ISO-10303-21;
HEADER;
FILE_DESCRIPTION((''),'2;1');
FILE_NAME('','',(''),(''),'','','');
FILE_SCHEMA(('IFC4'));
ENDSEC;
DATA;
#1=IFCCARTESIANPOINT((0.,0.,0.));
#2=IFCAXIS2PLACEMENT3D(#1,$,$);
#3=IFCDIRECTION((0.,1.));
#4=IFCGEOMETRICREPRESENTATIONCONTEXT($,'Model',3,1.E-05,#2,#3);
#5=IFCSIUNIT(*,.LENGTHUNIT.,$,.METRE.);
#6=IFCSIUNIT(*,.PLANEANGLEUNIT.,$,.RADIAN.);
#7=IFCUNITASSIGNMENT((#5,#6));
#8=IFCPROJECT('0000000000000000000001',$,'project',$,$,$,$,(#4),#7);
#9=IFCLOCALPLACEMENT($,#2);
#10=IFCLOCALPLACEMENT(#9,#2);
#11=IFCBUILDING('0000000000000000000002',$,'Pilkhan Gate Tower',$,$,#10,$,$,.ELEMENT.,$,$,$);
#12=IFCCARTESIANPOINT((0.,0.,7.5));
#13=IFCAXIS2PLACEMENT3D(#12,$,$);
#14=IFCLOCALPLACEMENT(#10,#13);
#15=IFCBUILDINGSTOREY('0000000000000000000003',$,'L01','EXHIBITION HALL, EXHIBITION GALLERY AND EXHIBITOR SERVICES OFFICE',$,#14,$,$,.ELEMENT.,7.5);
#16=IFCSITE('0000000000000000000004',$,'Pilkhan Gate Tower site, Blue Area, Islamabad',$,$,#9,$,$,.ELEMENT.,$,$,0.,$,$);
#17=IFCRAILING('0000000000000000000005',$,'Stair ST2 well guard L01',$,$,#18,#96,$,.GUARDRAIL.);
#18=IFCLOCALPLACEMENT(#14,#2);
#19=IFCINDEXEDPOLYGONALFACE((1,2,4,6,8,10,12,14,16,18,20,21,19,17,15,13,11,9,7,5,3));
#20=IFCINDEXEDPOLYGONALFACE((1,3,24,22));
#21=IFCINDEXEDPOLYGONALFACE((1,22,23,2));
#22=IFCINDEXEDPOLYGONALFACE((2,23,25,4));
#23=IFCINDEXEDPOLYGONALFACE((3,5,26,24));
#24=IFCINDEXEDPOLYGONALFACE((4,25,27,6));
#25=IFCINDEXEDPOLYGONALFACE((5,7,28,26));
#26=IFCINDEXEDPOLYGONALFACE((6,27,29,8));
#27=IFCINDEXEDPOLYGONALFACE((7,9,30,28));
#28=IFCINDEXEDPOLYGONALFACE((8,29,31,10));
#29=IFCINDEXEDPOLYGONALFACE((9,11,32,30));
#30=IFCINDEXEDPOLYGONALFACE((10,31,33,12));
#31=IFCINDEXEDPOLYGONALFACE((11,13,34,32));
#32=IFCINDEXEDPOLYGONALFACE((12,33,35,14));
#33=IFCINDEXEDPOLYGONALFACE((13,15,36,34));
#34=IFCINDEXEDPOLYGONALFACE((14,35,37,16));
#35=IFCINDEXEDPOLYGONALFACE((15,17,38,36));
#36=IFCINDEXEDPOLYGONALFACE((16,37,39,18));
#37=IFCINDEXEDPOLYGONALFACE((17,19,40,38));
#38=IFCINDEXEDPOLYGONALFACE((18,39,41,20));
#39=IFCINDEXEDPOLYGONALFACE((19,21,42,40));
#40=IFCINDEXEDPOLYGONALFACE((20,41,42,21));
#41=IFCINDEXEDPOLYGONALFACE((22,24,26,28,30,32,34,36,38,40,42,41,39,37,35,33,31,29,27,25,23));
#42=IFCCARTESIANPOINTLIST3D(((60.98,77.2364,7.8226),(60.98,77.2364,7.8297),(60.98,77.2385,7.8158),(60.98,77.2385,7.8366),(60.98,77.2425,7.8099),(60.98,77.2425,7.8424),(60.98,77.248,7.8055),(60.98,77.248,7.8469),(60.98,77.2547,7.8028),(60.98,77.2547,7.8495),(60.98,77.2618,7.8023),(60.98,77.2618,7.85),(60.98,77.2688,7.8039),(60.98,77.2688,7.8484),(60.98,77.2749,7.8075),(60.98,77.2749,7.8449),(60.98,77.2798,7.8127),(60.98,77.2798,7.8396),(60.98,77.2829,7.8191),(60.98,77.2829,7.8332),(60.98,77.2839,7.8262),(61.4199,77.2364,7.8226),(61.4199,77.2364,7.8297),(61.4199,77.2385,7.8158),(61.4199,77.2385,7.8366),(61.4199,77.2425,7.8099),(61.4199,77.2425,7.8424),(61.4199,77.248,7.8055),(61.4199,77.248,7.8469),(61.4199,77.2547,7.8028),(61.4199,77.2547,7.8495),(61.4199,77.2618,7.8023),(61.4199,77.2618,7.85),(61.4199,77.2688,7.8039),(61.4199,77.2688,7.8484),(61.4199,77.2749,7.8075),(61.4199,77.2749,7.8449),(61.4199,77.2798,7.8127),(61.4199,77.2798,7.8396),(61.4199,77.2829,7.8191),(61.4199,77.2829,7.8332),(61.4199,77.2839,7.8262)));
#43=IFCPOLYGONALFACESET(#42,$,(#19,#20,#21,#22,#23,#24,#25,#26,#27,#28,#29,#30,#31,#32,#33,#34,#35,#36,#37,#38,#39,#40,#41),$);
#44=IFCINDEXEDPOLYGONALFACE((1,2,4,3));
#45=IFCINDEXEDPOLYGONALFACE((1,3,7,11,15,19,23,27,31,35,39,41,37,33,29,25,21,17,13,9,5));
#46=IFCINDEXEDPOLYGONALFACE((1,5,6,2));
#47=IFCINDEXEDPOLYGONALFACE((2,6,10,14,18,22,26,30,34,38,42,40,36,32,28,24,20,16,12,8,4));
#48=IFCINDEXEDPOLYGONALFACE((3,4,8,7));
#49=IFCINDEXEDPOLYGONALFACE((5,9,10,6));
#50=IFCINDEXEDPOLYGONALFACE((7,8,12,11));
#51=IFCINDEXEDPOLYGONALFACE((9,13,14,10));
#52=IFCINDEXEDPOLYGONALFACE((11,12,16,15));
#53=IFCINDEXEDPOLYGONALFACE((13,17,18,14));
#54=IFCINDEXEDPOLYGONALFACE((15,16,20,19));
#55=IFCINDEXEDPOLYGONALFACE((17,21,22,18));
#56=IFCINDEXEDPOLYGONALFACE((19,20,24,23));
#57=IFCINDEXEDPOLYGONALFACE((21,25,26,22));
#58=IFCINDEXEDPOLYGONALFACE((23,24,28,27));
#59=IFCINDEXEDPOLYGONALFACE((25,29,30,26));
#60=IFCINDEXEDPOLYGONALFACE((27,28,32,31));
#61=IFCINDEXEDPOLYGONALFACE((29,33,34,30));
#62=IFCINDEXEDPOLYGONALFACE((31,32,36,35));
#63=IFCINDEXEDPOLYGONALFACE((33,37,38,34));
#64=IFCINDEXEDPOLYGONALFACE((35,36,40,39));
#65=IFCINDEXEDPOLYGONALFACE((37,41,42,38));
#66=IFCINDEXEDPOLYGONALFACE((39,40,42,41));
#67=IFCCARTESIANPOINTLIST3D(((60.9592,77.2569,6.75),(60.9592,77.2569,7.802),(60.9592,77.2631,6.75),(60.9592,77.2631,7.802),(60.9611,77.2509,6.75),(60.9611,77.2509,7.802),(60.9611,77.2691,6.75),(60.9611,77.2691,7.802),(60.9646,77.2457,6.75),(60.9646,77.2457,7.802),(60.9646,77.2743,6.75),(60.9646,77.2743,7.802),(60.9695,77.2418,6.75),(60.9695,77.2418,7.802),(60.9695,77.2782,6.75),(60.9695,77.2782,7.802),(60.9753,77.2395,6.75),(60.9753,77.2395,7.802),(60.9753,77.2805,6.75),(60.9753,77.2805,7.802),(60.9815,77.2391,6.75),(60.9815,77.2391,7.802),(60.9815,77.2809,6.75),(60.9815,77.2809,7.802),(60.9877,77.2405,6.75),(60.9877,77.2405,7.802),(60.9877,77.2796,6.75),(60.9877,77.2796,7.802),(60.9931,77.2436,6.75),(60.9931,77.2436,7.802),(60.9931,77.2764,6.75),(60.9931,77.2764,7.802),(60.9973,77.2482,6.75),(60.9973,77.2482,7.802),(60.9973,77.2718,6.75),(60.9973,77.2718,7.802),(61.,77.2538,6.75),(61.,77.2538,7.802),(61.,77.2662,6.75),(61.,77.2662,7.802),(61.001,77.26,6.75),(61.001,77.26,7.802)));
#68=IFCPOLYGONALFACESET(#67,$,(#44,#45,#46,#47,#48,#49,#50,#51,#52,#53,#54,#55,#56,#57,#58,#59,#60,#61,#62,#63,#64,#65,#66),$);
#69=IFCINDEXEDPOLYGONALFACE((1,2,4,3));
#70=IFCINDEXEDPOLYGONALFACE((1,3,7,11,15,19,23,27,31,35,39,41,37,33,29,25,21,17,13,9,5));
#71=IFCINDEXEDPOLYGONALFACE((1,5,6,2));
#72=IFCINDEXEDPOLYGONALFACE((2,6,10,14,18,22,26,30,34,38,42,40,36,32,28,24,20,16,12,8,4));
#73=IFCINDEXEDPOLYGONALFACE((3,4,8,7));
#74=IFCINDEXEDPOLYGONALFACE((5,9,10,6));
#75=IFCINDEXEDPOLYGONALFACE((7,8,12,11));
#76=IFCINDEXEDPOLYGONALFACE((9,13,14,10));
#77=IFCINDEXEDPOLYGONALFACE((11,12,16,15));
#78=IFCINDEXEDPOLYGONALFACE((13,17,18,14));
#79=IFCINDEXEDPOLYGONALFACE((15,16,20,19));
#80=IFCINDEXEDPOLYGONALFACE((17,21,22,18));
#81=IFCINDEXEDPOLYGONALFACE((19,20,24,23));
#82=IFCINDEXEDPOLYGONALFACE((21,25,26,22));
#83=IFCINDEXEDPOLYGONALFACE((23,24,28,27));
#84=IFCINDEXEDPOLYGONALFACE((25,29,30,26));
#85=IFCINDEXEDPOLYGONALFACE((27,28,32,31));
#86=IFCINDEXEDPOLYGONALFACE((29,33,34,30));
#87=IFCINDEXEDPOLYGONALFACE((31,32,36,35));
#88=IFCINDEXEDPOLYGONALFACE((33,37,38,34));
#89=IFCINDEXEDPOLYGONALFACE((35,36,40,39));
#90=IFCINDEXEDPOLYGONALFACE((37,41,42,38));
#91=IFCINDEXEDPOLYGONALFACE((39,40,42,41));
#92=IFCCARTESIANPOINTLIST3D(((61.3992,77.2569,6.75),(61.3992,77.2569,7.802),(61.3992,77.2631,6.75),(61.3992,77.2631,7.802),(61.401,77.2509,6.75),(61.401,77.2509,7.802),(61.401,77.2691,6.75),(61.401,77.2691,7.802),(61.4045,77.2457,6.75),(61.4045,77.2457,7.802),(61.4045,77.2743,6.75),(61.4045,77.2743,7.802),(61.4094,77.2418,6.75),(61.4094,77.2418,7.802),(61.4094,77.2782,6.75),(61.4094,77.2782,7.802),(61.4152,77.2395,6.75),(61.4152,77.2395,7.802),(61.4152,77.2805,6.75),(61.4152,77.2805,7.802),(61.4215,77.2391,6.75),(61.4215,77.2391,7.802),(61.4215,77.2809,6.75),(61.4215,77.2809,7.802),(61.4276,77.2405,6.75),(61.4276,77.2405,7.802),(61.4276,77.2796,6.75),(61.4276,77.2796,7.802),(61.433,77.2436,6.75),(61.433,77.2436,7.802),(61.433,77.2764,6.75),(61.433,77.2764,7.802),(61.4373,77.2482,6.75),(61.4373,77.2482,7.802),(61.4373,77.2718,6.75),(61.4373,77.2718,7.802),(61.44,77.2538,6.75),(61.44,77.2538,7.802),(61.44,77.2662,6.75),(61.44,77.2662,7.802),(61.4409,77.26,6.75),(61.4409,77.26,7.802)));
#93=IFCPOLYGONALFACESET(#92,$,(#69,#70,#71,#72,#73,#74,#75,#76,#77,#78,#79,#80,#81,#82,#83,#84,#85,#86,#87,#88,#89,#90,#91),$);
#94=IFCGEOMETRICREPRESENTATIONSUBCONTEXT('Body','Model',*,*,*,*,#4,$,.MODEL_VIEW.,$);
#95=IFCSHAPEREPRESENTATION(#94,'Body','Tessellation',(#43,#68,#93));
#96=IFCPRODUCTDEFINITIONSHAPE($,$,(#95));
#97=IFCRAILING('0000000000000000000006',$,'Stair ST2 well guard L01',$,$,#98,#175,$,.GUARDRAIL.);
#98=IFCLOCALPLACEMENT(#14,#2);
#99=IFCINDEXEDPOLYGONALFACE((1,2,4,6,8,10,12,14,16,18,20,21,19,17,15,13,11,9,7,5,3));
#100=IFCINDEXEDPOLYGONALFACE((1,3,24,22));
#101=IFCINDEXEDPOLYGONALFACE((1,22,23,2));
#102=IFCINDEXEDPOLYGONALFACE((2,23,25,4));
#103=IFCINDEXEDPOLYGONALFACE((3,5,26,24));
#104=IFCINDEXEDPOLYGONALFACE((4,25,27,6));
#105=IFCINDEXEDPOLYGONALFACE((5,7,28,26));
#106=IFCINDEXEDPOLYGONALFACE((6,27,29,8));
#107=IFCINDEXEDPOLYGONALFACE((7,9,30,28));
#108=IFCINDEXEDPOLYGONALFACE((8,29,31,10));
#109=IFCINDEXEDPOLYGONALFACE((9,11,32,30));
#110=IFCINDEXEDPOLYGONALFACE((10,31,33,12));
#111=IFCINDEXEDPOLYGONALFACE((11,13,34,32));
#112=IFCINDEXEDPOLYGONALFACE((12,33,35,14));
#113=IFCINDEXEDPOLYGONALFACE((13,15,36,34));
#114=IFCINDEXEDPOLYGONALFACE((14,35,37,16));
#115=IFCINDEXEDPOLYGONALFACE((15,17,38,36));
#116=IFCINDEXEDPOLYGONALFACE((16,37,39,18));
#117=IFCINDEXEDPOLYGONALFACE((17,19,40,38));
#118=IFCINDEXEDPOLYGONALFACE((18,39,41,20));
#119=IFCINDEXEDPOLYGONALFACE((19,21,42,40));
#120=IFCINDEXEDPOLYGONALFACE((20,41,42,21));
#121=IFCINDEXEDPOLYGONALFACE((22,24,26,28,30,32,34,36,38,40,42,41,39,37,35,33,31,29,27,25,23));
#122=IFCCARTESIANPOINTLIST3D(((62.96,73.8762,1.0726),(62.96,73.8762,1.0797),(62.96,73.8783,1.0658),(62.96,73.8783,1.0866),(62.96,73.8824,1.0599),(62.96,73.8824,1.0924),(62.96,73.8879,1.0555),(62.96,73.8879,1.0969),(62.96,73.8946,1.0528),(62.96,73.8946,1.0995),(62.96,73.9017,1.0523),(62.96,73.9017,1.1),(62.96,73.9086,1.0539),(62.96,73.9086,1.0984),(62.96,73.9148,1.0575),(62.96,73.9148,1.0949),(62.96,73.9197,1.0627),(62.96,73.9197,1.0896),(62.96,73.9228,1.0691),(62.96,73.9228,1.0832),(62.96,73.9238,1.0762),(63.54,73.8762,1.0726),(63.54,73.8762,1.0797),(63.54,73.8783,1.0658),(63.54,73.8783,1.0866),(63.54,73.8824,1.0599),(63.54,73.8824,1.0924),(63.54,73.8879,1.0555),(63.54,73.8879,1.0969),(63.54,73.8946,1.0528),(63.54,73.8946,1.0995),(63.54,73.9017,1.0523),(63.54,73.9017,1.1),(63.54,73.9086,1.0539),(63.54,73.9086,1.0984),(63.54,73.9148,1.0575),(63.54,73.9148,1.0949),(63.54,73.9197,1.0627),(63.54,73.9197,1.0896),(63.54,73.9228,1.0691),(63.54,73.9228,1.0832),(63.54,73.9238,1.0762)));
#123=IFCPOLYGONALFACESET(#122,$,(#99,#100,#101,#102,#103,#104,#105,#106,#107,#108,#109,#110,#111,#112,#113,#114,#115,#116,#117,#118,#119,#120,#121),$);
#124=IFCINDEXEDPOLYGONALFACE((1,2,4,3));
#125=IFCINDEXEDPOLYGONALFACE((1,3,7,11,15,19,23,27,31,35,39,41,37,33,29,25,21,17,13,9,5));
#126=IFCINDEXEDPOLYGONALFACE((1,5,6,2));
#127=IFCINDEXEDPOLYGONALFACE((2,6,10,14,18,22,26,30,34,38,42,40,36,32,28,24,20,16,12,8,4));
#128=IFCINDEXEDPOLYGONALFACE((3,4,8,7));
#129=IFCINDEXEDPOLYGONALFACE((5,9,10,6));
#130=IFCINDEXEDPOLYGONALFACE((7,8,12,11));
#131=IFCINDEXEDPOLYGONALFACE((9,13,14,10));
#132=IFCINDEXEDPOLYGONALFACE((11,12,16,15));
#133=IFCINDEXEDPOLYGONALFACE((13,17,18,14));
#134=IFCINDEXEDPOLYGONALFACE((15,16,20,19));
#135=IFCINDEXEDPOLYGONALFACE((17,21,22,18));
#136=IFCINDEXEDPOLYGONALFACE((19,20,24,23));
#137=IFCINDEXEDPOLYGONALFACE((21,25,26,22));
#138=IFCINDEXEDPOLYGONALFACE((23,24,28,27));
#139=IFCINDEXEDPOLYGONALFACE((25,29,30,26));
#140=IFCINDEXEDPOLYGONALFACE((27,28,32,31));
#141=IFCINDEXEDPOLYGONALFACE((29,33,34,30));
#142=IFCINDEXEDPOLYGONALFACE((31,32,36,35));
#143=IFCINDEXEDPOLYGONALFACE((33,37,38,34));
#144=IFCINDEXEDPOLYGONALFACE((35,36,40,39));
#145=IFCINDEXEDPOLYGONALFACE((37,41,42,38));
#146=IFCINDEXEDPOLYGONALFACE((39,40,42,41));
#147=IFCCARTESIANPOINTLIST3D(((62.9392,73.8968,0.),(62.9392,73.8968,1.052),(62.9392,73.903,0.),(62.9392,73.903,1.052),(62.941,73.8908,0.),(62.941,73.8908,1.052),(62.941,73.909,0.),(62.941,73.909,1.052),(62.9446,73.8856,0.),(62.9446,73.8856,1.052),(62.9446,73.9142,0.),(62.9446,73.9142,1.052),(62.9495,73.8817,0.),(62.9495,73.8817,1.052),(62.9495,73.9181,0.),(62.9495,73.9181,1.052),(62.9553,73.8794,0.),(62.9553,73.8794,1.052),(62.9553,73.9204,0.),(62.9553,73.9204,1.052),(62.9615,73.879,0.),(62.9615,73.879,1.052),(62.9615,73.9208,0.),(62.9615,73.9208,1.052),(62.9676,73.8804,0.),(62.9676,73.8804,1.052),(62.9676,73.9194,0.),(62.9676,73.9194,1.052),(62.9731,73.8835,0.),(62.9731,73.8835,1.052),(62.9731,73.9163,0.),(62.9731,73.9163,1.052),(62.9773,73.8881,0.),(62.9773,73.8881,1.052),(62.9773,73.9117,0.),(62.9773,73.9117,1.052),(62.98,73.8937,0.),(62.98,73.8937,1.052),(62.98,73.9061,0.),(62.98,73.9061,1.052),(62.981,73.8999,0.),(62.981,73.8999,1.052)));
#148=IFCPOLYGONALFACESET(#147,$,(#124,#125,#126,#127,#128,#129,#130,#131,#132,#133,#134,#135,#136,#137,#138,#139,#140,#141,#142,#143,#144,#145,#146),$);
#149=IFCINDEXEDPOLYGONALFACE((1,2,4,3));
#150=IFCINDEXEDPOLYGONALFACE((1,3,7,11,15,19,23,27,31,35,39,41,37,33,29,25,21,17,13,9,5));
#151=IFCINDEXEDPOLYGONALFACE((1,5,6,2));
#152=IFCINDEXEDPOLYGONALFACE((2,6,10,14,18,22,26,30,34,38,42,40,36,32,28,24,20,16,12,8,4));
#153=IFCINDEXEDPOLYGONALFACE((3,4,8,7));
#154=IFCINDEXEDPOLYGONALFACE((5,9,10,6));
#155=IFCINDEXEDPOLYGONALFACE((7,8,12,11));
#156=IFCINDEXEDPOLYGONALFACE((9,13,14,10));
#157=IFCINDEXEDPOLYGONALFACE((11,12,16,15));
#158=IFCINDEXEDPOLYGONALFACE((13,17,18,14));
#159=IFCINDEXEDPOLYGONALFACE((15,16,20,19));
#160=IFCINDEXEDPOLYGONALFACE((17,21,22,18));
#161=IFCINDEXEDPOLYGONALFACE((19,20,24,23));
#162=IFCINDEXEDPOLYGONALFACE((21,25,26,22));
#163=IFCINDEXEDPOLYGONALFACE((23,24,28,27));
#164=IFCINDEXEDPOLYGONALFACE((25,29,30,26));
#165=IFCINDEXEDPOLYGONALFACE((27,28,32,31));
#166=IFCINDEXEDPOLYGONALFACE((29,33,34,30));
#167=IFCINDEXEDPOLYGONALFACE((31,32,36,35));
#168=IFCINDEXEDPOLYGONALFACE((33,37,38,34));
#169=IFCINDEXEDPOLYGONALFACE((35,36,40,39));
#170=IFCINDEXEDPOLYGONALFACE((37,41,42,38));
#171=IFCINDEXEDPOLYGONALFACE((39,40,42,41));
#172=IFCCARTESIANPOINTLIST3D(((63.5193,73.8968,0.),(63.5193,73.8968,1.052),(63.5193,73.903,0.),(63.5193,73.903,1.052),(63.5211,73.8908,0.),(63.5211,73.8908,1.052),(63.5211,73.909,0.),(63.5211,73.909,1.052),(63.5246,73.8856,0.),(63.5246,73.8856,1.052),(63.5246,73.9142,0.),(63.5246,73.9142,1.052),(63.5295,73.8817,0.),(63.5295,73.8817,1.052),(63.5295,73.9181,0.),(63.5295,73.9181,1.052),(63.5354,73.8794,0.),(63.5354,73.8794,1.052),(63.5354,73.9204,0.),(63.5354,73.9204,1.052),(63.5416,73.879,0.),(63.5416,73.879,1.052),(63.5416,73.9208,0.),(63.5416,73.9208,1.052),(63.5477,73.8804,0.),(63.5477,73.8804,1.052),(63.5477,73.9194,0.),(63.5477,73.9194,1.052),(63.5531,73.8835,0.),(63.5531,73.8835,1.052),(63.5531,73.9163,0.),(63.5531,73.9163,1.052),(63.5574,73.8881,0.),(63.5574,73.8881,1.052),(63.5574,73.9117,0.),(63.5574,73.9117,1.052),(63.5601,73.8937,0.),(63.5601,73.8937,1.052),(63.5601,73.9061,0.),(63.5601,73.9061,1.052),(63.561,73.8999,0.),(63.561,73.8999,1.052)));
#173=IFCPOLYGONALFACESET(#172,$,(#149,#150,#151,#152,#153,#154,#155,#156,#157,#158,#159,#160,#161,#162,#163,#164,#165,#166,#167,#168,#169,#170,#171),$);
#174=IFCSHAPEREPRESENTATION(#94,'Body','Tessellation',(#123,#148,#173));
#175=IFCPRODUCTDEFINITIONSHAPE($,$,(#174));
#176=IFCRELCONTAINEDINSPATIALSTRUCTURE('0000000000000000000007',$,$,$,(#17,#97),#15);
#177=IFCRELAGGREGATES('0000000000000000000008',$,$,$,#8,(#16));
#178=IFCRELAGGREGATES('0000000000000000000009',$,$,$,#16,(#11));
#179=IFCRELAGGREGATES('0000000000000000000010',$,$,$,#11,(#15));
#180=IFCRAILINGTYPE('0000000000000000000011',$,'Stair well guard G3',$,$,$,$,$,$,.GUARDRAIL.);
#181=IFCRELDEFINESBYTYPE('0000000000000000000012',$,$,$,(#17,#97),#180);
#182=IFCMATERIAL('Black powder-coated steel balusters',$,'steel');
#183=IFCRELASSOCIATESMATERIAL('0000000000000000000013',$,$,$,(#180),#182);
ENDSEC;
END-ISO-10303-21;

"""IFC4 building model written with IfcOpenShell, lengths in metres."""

from ifc_helpers import new_model, si_unit, direction, frame, origin, origin_2d, place, context, subcontext, project, spatial, circle, extrude, material, type_object, element, save


model = new_model("IFC4")

# Units and contexts
model_context = context("Model", 3, precision=1e-05, world=origin(), true_north=direction((0.0, 1.0)))
body_context = subcontext(model_context, "Body", "Model", "MODEL_VIEW")
ifc_project = project(units=[si_unit("LENGTHUNIT", "METRE"), si_unit("PLANEANGLEUNIT", "RADIAN")], contexts=[model_context])

# Site, building, storey
site_placement = place(None, origin())
site = spatial("IfcSite", under=ifc_project, at=site_placement, Name="Pilkhan Gate Tower site, Blue Area, Islamabad", CompositionType="ELEMENT", RefElevation=0.0)
building_placement = place(site_placement, origin())
building = spatial("IfcBuilding", under=site, at=building_placement, Name="Pilkhan Gate Tower", CompositionType="ELEMENT")
storey_placement = place(building_placement, frame((0.0, 0.0, 7.5)))
storey = spatial("IfcBuildingStorey", under=building, at=storey_placement, Name="L01", Description="EXHIBITION HALL, EXHIBITION GALLERY AND EXHIBITOR SERVICES OFFICE", CompositionType="ELEMENT", Elevation=7.5)

# Railings
ifc_material_1 = material(Name="Black powder-coated steel balusters", Category="steel")
railing_type_1 = type_object("IfcRailingType", Name="Stair well guard G3", PredefinedType="GUARDRAIL", material=ifc_material_1)
for number, where, name in (
    (1, (60.98, 77.26, 6.75), "Stair ST2 well guard L01"),
):
    element("IfcRailing", number, at=place(storey_placement, frame(where)), inside=storey, type_object=railing_type_1, Name=name, PredefinedType="GUARDRAIL", context=body_context, shape_type="SweptSolid", body=[
        extrude(circle(Radius=0.0239, at=origin_2d()), frame((0.0, 0.0, 1.0762), z_axis=(1.0, 0.0, 0.0), x_axis=(0.0, 1.0, 0.0)), (0.0, 0.0, 1.0), 0.4399),
        extrude(circle(Radius=0.021, at=origin_2d()), origin(), (0.0, 0.0, 1.0), 1.052),
        extrude(circle(Radius=0.021, at=origin_2d()), frame((0.4399, 0.0, 0.0)), (0.0, 0.0, 1.0), 1.052),
    ])
for number, where, name in (
    (2, (62.96, 73.8999, 0.0), "Stair ST2 well guard L01"),
):
    element("IfcRailing", number, at=place(storey_placement, frame(where)), inside=storey, type_object=railing_type_1, Name=name, PredefinedType="GUARDRAIL", context=body_context, shape_type="SweptSolid", body=[
        extrude(circle(Radius=0.0239, at=origin_2d()), frame((0.0, 0.0, 1.0762), z_axis=(1.0, 0.0, 0.0), x_axis=(0.0, 1.0, 0.0)), (0.0, 0.0, 1.0), 0.5801),
        extrude(circle(Radius=0.021, at=origin_2d()), origin(), (0.0, 0.0, 1.0), 1.052),
        extrude(circle(Radius=0.021, at=origin_2d()), frame((0.5801, 0.0, 0.0)), (0.0, 0.0, 1.0), 1.052),
    ])

save(model, "model.ifc")
